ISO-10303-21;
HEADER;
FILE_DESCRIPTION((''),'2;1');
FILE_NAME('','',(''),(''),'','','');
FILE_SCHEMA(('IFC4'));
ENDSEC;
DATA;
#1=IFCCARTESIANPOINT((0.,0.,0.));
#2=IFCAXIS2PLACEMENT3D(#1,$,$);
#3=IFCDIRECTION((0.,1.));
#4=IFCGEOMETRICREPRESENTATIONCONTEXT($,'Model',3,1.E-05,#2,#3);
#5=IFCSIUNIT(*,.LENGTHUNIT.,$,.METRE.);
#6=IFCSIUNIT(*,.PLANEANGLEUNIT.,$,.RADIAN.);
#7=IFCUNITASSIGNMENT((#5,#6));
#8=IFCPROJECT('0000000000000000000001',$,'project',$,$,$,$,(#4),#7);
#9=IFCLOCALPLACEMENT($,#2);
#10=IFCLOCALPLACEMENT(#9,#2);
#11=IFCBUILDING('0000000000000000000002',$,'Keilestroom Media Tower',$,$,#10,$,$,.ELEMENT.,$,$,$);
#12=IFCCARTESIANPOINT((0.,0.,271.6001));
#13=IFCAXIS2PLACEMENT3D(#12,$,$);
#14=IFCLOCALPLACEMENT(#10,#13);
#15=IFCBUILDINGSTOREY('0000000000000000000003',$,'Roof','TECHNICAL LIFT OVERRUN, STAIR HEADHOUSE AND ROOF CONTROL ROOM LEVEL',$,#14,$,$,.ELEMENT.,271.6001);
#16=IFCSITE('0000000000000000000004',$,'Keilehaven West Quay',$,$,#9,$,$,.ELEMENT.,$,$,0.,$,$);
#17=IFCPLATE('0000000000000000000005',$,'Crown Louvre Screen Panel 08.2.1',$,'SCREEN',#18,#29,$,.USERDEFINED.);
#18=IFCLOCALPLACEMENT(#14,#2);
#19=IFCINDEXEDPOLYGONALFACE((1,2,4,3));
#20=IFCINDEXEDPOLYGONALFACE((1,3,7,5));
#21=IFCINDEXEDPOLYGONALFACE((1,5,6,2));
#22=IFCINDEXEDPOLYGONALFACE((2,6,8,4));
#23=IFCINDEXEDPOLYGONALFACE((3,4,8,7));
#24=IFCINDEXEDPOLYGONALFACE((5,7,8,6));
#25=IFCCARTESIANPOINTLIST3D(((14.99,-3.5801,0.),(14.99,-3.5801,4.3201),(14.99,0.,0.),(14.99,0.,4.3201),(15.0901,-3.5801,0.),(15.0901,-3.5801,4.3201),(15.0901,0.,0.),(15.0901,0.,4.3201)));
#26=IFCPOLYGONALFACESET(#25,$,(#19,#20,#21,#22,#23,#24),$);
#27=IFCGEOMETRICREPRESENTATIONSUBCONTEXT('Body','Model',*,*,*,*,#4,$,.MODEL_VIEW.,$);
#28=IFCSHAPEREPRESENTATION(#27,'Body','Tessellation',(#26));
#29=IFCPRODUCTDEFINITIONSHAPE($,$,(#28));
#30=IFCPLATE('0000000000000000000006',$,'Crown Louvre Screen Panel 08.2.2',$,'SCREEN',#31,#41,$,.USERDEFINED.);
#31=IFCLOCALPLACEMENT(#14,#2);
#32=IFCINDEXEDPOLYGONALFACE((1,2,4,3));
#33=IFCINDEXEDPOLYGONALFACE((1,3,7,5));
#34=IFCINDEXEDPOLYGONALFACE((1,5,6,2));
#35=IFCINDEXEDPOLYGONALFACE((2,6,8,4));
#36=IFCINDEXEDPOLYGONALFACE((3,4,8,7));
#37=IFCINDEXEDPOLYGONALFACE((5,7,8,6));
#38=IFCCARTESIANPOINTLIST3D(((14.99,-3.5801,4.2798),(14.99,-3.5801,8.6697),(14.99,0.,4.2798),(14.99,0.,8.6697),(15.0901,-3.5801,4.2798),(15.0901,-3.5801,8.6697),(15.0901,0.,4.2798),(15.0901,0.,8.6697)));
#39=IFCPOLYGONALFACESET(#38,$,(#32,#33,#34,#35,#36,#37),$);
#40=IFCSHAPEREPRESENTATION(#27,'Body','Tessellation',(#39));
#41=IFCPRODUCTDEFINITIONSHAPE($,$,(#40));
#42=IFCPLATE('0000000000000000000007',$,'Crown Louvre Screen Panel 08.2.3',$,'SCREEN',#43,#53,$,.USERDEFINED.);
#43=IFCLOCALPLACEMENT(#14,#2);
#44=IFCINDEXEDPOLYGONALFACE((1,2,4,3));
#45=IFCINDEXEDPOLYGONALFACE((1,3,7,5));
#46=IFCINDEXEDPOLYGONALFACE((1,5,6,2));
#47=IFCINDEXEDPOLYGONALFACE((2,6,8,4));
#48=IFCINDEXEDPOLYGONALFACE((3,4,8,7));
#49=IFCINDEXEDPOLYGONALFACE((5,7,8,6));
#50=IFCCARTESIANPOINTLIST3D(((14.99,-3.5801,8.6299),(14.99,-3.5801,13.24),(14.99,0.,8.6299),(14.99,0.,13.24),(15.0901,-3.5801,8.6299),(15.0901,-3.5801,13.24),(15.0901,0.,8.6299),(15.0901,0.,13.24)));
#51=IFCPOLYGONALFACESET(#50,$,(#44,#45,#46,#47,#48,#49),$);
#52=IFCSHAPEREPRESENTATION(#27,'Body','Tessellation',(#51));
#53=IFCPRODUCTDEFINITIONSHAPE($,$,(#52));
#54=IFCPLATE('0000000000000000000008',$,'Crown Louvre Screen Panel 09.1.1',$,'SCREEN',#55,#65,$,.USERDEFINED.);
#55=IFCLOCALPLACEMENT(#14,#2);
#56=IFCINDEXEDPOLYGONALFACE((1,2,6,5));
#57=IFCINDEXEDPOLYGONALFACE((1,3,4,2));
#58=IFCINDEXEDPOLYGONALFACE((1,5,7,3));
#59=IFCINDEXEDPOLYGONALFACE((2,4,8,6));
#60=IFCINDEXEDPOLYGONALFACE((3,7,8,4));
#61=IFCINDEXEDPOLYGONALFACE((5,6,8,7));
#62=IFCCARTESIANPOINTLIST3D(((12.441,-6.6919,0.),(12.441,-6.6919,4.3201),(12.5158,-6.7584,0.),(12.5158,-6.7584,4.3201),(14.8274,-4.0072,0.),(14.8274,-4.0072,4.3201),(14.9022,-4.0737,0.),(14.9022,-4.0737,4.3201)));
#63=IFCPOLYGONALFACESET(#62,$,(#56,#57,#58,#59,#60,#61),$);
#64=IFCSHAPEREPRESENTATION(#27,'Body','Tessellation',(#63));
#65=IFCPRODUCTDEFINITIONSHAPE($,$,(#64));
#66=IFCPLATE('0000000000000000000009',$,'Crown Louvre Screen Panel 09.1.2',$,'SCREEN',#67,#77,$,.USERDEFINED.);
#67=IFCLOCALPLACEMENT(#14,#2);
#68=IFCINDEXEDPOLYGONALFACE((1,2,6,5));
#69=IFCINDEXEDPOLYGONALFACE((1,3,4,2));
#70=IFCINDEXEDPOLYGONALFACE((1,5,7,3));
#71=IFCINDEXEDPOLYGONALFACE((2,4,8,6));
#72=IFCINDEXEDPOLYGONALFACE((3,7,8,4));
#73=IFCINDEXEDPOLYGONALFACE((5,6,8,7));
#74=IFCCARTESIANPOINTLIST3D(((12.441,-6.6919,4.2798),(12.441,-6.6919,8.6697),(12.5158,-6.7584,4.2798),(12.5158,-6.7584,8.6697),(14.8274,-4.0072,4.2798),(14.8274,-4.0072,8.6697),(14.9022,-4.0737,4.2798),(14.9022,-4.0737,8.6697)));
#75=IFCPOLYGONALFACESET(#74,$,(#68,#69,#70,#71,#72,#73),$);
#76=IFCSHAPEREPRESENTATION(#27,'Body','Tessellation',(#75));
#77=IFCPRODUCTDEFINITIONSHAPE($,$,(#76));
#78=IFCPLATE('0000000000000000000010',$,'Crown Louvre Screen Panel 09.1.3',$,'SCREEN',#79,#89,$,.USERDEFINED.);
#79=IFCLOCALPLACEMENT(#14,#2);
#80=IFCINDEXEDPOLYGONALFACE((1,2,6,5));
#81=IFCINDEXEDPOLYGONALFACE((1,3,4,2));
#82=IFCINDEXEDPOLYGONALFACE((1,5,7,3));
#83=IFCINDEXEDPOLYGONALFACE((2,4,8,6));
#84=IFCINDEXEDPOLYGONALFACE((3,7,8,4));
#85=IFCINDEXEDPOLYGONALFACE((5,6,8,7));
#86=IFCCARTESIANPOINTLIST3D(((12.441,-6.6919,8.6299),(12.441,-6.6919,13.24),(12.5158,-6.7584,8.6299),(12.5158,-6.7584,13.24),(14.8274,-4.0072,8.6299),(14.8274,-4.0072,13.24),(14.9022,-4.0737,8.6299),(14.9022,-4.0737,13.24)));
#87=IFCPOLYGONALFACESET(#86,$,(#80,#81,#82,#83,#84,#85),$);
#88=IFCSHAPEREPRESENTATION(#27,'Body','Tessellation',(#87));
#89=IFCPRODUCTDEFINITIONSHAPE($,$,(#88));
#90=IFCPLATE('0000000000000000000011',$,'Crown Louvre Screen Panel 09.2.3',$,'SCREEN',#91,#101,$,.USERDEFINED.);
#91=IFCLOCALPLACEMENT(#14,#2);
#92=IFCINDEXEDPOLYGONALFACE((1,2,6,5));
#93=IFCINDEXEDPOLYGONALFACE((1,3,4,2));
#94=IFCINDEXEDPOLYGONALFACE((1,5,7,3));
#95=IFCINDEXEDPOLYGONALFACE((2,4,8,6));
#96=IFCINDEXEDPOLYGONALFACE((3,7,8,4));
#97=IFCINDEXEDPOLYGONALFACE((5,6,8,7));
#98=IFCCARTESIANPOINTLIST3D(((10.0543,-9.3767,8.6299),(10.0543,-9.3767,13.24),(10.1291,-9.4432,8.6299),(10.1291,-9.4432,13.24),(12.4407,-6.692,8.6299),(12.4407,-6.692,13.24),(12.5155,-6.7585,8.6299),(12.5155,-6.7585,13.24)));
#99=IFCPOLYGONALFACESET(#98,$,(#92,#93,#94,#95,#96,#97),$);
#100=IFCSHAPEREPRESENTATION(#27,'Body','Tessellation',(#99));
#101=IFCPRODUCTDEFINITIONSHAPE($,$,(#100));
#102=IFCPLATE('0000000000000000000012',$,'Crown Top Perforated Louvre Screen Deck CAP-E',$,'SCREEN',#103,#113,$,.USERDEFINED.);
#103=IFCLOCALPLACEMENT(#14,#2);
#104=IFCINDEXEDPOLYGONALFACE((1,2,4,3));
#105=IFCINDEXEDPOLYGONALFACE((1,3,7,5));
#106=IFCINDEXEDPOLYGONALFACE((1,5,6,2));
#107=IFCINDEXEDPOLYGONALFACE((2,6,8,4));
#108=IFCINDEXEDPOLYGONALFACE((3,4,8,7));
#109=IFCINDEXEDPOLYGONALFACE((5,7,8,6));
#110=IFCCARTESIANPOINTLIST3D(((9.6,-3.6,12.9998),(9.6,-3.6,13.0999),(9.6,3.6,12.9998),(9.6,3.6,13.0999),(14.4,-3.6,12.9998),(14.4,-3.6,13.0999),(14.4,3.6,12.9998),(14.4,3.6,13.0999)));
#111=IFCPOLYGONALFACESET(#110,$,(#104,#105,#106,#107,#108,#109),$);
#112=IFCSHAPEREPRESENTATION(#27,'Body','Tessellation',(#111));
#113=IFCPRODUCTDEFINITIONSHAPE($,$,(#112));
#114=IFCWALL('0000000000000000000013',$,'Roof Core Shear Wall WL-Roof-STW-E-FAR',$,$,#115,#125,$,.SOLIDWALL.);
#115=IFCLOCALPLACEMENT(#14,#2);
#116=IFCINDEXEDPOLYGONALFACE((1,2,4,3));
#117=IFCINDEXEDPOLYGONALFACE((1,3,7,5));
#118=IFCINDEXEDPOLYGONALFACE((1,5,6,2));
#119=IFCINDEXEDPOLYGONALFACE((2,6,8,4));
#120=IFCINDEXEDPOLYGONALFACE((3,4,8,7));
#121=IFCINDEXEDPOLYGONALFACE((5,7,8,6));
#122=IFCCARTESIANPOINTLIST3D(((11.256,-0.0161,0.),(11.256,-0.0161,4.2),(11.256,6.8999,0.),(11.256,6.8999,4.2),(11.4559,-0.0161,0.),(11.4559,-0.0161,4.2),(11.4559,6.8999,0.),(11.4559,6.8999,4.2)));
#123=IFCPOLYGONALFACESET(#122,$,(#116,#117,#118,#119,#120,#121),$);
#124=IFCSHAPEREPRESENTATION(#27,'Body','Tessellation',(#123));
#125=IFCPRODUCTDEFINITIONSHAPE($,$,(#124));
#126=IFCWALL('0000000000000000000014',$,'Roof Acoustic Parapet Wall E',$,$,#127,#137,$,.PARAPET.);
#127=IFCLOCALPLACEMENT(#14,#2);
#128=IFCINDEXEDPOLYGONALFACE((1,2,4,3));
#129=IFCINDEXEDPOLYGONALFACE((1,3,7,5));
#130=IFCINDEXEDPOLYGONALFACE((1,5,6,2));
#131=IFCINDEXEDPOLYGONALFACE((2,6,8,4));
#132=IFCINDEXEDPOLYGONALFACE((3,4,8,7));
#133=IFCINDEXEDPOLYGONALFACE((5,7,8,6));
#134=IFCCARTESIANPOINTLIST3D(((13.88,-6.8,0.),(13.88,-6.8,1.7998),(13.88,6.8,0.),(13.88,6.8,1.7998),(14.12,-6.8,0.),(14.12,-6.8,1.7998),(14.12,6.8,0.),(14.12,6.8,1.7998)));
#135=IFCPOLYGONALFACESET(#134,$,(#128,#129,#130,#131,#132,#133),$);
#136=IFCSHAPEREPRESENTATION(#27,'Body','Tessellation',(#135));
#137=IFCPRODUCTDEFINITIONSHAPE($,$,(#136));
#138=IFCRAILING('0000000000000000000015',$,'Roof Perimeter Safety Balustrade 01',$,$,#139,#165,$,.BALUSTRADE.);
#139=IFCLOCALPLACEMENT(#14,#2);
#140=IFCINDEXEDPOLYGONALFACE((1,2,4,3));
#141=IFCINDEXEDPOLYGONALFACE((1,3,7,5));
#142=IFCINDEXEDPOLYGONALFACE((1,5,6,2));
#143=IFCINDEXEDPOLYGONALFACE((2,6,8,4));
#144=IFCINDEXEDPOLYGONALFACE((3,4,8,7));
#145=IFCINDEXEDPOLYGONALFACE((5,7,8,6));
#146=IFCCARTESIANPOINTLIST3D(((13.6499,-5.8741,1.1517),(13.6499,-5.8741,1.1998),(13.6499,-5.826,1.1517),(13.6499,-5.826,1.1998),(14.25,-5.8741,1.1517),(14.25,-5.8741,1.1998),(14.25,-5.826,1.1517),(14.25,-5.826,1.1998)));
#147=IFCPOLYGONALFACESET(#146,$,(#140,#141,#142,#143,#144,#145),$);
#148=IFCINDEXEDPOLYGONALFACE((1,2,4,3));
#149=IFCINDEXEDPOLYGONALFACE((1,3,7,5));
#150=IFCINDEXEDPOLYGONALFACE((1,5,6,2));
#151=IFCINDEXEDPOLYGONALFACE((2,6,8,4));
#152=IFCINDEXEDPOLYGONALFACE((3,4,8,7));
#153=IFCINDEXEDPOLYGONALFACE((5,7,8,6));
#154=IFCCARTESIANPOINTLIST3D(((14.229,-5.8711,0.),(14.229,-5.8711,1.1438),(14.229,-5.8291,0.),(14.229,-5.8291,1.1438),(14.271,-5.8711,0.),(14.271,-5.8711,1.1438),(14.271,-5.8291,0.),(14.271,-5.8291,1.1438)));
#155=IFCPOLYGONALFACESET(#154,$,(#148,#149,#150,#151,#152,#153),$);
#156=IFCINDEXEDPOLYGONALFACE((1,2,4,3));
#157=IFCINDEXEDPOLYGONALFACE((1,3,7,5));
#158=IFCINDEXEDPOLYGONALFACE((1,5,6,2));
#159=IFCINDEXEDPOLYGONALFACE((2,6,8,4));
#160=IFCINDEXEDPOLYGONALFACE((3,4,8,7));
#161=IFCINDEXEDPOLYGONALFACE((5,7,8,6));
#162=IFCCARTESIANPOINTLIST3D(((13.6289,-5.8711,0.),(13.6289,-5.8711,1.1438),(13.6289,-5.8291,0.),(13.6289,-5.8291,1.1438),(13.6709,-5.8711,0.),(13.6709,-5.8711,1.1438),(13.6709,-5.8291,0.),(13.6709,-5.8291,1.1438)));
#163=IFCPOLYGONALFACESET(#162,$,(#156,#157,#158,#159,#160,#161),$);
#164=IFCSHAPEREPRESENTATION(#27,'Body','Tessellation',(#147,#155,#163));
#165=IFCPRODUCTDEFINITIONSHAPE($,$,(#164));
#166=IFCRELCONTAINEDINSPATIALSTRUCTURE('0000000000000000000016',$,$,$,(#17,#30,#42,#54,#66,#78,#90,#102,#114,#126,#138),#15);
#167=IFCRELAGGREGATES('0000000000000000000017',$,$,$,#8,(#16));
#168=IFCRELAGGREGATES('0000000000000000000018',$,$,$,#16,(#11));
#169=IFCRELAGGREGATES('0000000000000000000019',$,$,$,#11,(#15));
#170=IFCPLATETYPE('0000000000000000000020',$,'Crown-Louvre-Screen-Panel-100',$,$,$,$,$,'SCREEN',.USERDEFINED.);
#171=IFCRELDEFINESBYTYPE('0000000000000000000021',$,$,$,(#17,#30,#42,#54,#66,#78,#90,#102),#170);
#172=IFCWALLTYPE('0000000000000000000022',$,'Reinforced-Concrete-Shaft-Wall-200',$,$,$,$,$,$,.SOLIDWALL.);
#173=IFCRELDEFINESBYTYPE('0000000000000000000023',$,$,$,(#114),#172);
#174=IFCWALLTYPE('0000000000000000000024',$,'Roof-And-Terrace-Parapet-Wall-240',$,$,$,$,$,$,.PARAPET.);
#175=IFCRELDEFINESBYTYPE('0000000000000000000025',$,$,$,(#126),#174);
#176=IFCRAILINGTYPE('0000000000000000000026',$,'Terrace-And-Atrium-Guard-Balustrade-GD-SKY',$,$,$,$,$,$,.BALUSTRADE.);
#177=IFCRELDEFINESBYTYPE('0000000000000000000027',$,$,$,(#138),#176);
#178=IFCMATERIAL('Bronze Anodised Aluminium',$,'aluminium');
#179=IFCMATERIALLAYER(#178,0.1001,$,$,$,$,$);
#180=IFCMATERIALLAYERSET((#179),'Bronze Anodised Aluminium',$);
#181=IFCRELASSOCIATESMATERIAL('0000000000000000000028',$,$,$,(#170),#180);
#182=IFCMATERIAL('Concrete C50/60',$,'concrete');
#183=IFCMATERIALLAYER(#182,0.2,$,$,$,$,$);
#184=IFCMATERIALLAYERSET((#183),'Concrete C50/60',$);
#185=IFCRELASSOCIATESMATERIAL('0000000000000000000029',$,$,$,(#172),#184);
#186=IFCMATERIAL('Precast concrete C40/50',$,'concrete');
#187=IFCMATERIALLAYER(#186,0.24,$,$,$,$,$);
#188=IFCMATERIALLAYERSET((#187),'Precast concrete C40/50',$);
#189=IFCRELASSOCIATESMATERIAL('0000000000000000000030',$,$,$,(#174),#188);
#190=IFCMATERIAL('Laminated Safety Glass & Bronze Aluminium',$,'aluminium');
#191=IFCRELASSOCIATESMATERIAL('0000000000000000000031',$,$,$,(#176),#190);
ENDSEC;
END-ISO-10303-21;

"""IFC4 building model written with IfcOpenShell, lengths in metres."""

from ifc_helpers import new_model, si_unit, direction, frame, frame_2d, origin, origin_2d, place, context, subcontext, project, spatial, rectangle, extrude, source, transform, mapped, material, layer, layer_set, type_object, element, save


model = new_model("IFC4")

# Units and contexts
model_context = context("Model", 3, precision=1e-05, world=origin(), true_north=direction((0.0, 1.0)))
body_context = subcontext(model_context, "Body", "Model", "MODEL_VIEW")
ifc_project = project(units=[si_unit("LENGTHUNIT", "METRE"), si_unit("PLANEANGLEUNIT", "RADIAN")], contexts=[model_context])

# Site, building, storey
site_placement = place(None, origin())
site = spatial("IfcSite", under=ifc_project, at=site_placement, Name="Keilehaven West Quay", CompositionType="ELEMENT", RefElevation=0.0)
building_placement = place(site_placement, origin())
building = spatial("IfcBuilding", under=site, at=building_placement, Name="Keilestroom Media Tower", CompositionType="ELEMENT")
storey_placement = place(building_placement, frame((0.0, 0.0, 271.6001)))
storey = spatial("IfcBuildingStorey", under=building, at=storey_placement, Name="Roof", Description="TECHNICAL LIFT OVERRUN, STAIR HEADHOUSE AND ROOF CONTROL ROOM LEVEL", CompositionType="ELEMENT", Elevation=271.6001)

# Shared definitions
ifc_material_1 = material(Name="Precast concrete C40/50", Category="concrete")

# Plates
ifc_material_2 = material(Name="Bronze Anodised Aluminium", Category="aluminium")
ifc_layer_1 = layer(ifc_material_2, 0.1001)
ifc_layer_set_1 = layer_set([ifc_layer_1], Name="Bronze Anodised Aluminium")
plate_type_1 = type_object("IfcPlateType", Name="Crown-Louvre-Screen-Panel-100", ElementType="SCREEN", PredefinedType="USERDEFINED", material=ifc_layer_set_1)
shared_shape_1 = source(origin(), body_context, "Body", "SweptSolid", [
    extrude(rectangle(XDim=3.5801, YDim=0.1001, at=origin_2d()), origin(), (0.0, 0.0, 1.0), 4.3201),
])
plate_1_placement = place(storey_placement, frame((15.04, -1.79, 0.0), z_axis=(0.0, 0.0, 1.0), x_axis=(0.0, -1.0, 0.0)))
element("IfcPlate", 1, at=plate_1_placement, inside=storey, type_object=plate_type_1, Name="Crown Louvre Screen Panel 08.2.1", ObjectType="SCREEN", PredefinedType="USERDEFINED", context=body_context, shape_type="MappedRepresentation", body=[
    mapped(shared_shape_1, transform((0.0, 0.0, 0.0), x_axis=(1.0, 0.0, 0.0), y_axis=(0.0, 1.0, 0.0), z_axis=(0.0, 0.0, 1.0), scale=1.0)),
])
shared_shape_2 = source(origin(), body_context, "Body", "SweptSolid", [
    extrude(rectangle(XDim=3.5801, YDim=0.1001, at=origin_2d()), origin(), (0.0, 0.0, 1.0), 4.3899),
])
plate_2_placement = place(storey_placement, frame((15.04, -1.79, 4.2798), z_axis=(0.0, 0.0, 1.0), x_axis=(0.0, -1.0, 0.0)))
element("IfcPlate", 2, at=plate_2_placement, inside=storey, type_object=plate_type_1, Name="Crown Louvre Screen Panel 08.2.2", ObjectType="SCREEN", PredefinedType="USERDEFINED", context=body_context, shape_type="MappedRepresentation", body=[
    mapped(shared_shape_2, transform((0.0, 0.0, 0.0), x_axis=(1.0, 0.0, 0.0), y_axis=(0.0, 1.0, 0.0), z_axis=(0.0, 0.0, 1.0), scale=1.0)),
])
shared_shape_3 = source(origin(), body_context, "Body", "SweptSolid", [
    extrude(rectangle(XDim=3.5801, YDim=0.1001, at=origin_2d()), origin(), (0.0, 0.0, 1.0), 4.6101),
])
plate_3_placement = place(storey_placement, frame((15.04, -1.79, 8.6299), z_axis=(0.0, 0.0, 1.0), x_axis=(0.0, -1.0, 0.0)))
element("IfcPlate", 3, at=plate_3_placement, inside=storey, type_object=plate_type_1, Name="Crown Louvre Screen Panel 08.2.3", ObjectType="SCREEN", PredefinedType="USERDEFINED", context=body_context, shape_type="MappedRepresentation", body=[
    mapped(shared_shape_3, transform((0.0, 0.0, 0.0), x_axis=(1.0, 0.0, 0.0), y_axis=(0.0, 1.0, 0.0), z_axis=(0.0, 0.0, 1.0), scale=1.0)),
])
shared_shape_4 = source(origin(), body_context, "Body", "SweptSolid", [
    extrude(rectangle(XDim=3.592, YDim=0.1001, at=origin_2d()), origin(), (0.0, 0.0, 1.0), 4.3201),
])
plate_4_placement = place(storey_placement, frame((13.6716, -5.3828, 0.0), z_axis=(0.0, 0.0, 1.0), x_axis=(-0.664363, -0.74741, 0.0)))
element("IfcPlate", 4, at=plate_4_placement, inside=storey, type_object=plate_type_1, Name="Crown Louvre Screen Panel 09.1.1", ObjectType="SCREEN", PredefinedType="USERDEFINED", context=body_context, shape_type="MappedRepresentation", body=[
    mapped(shared_shape_4, transform((0.0, 0.0, 0.0), x_axis=(1.0, 0.0, 0.0), y_axis=(0.0, 1.0, 0.0), z_axis=(0.0, 0.0, 1.0), scale=1.0)),
])
shared_shape_5 = source(origin(), body_context, "Body", "SweptSolid", [
    extrude(rectangle(XDim=3.592, YDim=0.1001, at=origin_2d()), origin(), (0.0, 0.0, 1.0), 4.3899),
])
plate_5_placement = place(storey_placement, frame((13.6716, -5.3828, 4.2798), z_axis=(0.0, 0.0, 1.0), x_axis=(-0.664363, -0.74741, 0.0)))
element("IfcPlate", 5, at=plate_5_placement, inside=storey, type_object=plate_type_1, Name="Crown Louvre Screen Panel 09.1.2", ObjectType="SCREEN", PredefinedType="USERDEFINED", context=body_context, shape_type="MappedRepresentation", body=[
    mapped(shared_shape_5, transform((0.0, 0.0, 0.0), x_axis=(1.0, 0.0, 0.0), y_axis=(0.0, 1.0, 0.0), z_axis=(0.0, 0.0, 1.0), scale=1.0)),
])
shared_shape_6 = source(origin(), body_context, "Body", "SweptSolid", [
    extrude(rectangle(XDim=3.592, YDim=0.1001, at=origin_2d()), origin(), (0.0, 0.0, 1.0), 4.6101),
])
for number, where, z_axis, x_axis, name in (
    (6, (13.6716, -5.3828, 8.6299), (0.0, 0.0, 1.0), (-0.664363, -0.74741, 0.0), "Crown Louvre Screen Panel 09.1.3"),
    (7, (11.2849, -8.0676, 8.6299), (0.0, 0.0, 1.0), (-0.664363, -0.74741, 0.0), "Crown Louvre Screen Panel 09.2.3"),
):
    element("IfcPlate", number, at=place(storey_placement, frame(where, z_axis=z_axis, x_axis=x_axis)), inside=storey, type_object=plate_type_1, Name=name, ObjectType="SCREEN", PredefinedType="USERDEFINED", context=body_context, shape_type="MappedRepresentation", body=[
        mapped(shared_shape_6, transform((0.0, 0.0, 0.0), x_axis=(1.0, 0.0, 0.0), y_axis=(0.0, 1.0, 0.0), z_axis=(0.0, 0.0, 1.0), scale=1.0)),
    ])
shared_shape_7 = source(origin(), body_context, "Body", "SweptSolid", [
    extrude(rectangle(XDim=4.8, YDim=7.2, at=origin_2d()), origin(), (0.0, 0.0, 1.0), 0.1001),
])
plate_6_placement = place(storey_placement, frame((12.0, 0.0, 12.9998), z_axis=(0.0, 0.0, 1.0), x_axis=(1.0, 0.0, 0.0)))
element("IfcPlate", 8, at=plate_6_placement, inside=storey, type_object=plate_type_1, Name="Crown Top Perforated Louvre Screen Deck CAP-E", ObjectType="SCREEN", PredefinedType="USERDEFINED", context=body_context, shape_type="MappedRepresentation", body=[
    mapped(shared_shape_7, transform((0.0, 0.0, 0.0), x_axis=(1.0, 0.0, 0.0), y_axis=(0.0, 1.0, 0.0), z_axis=(0.0, 0.0, 1.0), scale=1.0)),
])

# Walls
ifc_material_3 = material(Name="Concrete C50/60", Category="concrete")
ifc_layer_2 = layer(ifc_material_3, 0.2)
ifc_layer_set_2 = layer_set([ifc_layer_2], Name="Concrete C50/60")
wall_type_1 = type_object("IfcWallType", Name="Reinforced-Concrete-Shaft-Wall-200", PredefinedType="SOLIDWALL", material=ifc_layer_set_2)
wall_1_placement = place(storey_placement, frame((11.356, -0.0161, 0.0), z_axis=(0.0, 0.0, 1.0), x_axis=(0.0, 1.0, 0.0)))
element("IfcWall", 9, at=wall_1_placement, inside=storey, type_object=wall_type_1, Name="Roof Core Shear Wall WL-Roof-STW-E-FAR", PredefinedType="SOLIDWALL", context=body_context, shape_type="SweptSolid", body=[
    extrude(rectangle(XDim=6.916, YDim=0.2, at=frame_2d((3.458, 0.0))), origin(), (0.0, 0.0, 1.0), 4.2),
])
ifc_layer_3 = layer(ifc_material_1, 0.24)
ifc_layer_set_3 = layer_set([ifc_layer_3], Name="Precast concrete C40/50")
wall_type_2 = type_object("IfcWallType", Name="Roof-And-Terrace-Parapet-Wall-240", PredefinedType="PARAPET", material=ifc_layer_set_3)
wall_2_placement = place(storey_placement, frame((14.0, -6.8, 0.0), z_axis=(0.0, 0.0, 1.0), x_axis=(0.0, 1.0, 0.0)))
element("IfcWall", 10, at=wall_2_placement, inside=storey, type_object=wall_type_2, Name="Roof Acoustic Parapet Wall E", PredefinedType="PARAPET", context=body_context, shape_type="SweptSolid", body=[
    extrude(rectangle(XDim=13.6001, YDim=0.24, at=frame_2d((6.8, 0.0))), origin(), (0.0, 0.0, 1.0), 1.7998),
])

# Railing
ifc_material_4 = material(Name="Laminated Safety Glass & Bronze Aluminium", Category="aluminium")
railing_type = type_object("IfcRailingType", Name="Terrace-And-Atrium-Guard-Balustrade-GD-SKY", PredefinedType="BALUSTRADE", material=ifc_material_4)
railing_1_placement = place(storey_placement, frame((14.25, -5.8501, 0.0)))
element("IfcRailing", 11, at=railing_1_placement, inside=storey, type_object=railing_type, Name="Roof Perimeter Safety Balustrade 01", PredefinedType="BALUSTRADE", context=body_context, shape_type="SweptSolid", body=[
    extrude(rectangle(XDim=0.0481, YDim=0.0481, at=origin_2d()), frame((0.0, 0.0, 1.1758), z_axis=(-1.0, 0.0, 0.0), x_axis=(0.0, -1.0, 0.0)), (0.0, 0.0, 1.0), 0.6001),
    extrude(rectangle(XDim=0.042, YDim=0.042, at=origin_2d()), origin(), (0.0, 0.0, 1.0), 1.1438),
    extrude(rectangle(XDim=0.042, YDim=0.042, at=origin_2d()), frame((-0.6001, 0.0, 0.0)), (0.0, 0.0, 1.0), 1.1438),
])

save(model, "model.ifc")
